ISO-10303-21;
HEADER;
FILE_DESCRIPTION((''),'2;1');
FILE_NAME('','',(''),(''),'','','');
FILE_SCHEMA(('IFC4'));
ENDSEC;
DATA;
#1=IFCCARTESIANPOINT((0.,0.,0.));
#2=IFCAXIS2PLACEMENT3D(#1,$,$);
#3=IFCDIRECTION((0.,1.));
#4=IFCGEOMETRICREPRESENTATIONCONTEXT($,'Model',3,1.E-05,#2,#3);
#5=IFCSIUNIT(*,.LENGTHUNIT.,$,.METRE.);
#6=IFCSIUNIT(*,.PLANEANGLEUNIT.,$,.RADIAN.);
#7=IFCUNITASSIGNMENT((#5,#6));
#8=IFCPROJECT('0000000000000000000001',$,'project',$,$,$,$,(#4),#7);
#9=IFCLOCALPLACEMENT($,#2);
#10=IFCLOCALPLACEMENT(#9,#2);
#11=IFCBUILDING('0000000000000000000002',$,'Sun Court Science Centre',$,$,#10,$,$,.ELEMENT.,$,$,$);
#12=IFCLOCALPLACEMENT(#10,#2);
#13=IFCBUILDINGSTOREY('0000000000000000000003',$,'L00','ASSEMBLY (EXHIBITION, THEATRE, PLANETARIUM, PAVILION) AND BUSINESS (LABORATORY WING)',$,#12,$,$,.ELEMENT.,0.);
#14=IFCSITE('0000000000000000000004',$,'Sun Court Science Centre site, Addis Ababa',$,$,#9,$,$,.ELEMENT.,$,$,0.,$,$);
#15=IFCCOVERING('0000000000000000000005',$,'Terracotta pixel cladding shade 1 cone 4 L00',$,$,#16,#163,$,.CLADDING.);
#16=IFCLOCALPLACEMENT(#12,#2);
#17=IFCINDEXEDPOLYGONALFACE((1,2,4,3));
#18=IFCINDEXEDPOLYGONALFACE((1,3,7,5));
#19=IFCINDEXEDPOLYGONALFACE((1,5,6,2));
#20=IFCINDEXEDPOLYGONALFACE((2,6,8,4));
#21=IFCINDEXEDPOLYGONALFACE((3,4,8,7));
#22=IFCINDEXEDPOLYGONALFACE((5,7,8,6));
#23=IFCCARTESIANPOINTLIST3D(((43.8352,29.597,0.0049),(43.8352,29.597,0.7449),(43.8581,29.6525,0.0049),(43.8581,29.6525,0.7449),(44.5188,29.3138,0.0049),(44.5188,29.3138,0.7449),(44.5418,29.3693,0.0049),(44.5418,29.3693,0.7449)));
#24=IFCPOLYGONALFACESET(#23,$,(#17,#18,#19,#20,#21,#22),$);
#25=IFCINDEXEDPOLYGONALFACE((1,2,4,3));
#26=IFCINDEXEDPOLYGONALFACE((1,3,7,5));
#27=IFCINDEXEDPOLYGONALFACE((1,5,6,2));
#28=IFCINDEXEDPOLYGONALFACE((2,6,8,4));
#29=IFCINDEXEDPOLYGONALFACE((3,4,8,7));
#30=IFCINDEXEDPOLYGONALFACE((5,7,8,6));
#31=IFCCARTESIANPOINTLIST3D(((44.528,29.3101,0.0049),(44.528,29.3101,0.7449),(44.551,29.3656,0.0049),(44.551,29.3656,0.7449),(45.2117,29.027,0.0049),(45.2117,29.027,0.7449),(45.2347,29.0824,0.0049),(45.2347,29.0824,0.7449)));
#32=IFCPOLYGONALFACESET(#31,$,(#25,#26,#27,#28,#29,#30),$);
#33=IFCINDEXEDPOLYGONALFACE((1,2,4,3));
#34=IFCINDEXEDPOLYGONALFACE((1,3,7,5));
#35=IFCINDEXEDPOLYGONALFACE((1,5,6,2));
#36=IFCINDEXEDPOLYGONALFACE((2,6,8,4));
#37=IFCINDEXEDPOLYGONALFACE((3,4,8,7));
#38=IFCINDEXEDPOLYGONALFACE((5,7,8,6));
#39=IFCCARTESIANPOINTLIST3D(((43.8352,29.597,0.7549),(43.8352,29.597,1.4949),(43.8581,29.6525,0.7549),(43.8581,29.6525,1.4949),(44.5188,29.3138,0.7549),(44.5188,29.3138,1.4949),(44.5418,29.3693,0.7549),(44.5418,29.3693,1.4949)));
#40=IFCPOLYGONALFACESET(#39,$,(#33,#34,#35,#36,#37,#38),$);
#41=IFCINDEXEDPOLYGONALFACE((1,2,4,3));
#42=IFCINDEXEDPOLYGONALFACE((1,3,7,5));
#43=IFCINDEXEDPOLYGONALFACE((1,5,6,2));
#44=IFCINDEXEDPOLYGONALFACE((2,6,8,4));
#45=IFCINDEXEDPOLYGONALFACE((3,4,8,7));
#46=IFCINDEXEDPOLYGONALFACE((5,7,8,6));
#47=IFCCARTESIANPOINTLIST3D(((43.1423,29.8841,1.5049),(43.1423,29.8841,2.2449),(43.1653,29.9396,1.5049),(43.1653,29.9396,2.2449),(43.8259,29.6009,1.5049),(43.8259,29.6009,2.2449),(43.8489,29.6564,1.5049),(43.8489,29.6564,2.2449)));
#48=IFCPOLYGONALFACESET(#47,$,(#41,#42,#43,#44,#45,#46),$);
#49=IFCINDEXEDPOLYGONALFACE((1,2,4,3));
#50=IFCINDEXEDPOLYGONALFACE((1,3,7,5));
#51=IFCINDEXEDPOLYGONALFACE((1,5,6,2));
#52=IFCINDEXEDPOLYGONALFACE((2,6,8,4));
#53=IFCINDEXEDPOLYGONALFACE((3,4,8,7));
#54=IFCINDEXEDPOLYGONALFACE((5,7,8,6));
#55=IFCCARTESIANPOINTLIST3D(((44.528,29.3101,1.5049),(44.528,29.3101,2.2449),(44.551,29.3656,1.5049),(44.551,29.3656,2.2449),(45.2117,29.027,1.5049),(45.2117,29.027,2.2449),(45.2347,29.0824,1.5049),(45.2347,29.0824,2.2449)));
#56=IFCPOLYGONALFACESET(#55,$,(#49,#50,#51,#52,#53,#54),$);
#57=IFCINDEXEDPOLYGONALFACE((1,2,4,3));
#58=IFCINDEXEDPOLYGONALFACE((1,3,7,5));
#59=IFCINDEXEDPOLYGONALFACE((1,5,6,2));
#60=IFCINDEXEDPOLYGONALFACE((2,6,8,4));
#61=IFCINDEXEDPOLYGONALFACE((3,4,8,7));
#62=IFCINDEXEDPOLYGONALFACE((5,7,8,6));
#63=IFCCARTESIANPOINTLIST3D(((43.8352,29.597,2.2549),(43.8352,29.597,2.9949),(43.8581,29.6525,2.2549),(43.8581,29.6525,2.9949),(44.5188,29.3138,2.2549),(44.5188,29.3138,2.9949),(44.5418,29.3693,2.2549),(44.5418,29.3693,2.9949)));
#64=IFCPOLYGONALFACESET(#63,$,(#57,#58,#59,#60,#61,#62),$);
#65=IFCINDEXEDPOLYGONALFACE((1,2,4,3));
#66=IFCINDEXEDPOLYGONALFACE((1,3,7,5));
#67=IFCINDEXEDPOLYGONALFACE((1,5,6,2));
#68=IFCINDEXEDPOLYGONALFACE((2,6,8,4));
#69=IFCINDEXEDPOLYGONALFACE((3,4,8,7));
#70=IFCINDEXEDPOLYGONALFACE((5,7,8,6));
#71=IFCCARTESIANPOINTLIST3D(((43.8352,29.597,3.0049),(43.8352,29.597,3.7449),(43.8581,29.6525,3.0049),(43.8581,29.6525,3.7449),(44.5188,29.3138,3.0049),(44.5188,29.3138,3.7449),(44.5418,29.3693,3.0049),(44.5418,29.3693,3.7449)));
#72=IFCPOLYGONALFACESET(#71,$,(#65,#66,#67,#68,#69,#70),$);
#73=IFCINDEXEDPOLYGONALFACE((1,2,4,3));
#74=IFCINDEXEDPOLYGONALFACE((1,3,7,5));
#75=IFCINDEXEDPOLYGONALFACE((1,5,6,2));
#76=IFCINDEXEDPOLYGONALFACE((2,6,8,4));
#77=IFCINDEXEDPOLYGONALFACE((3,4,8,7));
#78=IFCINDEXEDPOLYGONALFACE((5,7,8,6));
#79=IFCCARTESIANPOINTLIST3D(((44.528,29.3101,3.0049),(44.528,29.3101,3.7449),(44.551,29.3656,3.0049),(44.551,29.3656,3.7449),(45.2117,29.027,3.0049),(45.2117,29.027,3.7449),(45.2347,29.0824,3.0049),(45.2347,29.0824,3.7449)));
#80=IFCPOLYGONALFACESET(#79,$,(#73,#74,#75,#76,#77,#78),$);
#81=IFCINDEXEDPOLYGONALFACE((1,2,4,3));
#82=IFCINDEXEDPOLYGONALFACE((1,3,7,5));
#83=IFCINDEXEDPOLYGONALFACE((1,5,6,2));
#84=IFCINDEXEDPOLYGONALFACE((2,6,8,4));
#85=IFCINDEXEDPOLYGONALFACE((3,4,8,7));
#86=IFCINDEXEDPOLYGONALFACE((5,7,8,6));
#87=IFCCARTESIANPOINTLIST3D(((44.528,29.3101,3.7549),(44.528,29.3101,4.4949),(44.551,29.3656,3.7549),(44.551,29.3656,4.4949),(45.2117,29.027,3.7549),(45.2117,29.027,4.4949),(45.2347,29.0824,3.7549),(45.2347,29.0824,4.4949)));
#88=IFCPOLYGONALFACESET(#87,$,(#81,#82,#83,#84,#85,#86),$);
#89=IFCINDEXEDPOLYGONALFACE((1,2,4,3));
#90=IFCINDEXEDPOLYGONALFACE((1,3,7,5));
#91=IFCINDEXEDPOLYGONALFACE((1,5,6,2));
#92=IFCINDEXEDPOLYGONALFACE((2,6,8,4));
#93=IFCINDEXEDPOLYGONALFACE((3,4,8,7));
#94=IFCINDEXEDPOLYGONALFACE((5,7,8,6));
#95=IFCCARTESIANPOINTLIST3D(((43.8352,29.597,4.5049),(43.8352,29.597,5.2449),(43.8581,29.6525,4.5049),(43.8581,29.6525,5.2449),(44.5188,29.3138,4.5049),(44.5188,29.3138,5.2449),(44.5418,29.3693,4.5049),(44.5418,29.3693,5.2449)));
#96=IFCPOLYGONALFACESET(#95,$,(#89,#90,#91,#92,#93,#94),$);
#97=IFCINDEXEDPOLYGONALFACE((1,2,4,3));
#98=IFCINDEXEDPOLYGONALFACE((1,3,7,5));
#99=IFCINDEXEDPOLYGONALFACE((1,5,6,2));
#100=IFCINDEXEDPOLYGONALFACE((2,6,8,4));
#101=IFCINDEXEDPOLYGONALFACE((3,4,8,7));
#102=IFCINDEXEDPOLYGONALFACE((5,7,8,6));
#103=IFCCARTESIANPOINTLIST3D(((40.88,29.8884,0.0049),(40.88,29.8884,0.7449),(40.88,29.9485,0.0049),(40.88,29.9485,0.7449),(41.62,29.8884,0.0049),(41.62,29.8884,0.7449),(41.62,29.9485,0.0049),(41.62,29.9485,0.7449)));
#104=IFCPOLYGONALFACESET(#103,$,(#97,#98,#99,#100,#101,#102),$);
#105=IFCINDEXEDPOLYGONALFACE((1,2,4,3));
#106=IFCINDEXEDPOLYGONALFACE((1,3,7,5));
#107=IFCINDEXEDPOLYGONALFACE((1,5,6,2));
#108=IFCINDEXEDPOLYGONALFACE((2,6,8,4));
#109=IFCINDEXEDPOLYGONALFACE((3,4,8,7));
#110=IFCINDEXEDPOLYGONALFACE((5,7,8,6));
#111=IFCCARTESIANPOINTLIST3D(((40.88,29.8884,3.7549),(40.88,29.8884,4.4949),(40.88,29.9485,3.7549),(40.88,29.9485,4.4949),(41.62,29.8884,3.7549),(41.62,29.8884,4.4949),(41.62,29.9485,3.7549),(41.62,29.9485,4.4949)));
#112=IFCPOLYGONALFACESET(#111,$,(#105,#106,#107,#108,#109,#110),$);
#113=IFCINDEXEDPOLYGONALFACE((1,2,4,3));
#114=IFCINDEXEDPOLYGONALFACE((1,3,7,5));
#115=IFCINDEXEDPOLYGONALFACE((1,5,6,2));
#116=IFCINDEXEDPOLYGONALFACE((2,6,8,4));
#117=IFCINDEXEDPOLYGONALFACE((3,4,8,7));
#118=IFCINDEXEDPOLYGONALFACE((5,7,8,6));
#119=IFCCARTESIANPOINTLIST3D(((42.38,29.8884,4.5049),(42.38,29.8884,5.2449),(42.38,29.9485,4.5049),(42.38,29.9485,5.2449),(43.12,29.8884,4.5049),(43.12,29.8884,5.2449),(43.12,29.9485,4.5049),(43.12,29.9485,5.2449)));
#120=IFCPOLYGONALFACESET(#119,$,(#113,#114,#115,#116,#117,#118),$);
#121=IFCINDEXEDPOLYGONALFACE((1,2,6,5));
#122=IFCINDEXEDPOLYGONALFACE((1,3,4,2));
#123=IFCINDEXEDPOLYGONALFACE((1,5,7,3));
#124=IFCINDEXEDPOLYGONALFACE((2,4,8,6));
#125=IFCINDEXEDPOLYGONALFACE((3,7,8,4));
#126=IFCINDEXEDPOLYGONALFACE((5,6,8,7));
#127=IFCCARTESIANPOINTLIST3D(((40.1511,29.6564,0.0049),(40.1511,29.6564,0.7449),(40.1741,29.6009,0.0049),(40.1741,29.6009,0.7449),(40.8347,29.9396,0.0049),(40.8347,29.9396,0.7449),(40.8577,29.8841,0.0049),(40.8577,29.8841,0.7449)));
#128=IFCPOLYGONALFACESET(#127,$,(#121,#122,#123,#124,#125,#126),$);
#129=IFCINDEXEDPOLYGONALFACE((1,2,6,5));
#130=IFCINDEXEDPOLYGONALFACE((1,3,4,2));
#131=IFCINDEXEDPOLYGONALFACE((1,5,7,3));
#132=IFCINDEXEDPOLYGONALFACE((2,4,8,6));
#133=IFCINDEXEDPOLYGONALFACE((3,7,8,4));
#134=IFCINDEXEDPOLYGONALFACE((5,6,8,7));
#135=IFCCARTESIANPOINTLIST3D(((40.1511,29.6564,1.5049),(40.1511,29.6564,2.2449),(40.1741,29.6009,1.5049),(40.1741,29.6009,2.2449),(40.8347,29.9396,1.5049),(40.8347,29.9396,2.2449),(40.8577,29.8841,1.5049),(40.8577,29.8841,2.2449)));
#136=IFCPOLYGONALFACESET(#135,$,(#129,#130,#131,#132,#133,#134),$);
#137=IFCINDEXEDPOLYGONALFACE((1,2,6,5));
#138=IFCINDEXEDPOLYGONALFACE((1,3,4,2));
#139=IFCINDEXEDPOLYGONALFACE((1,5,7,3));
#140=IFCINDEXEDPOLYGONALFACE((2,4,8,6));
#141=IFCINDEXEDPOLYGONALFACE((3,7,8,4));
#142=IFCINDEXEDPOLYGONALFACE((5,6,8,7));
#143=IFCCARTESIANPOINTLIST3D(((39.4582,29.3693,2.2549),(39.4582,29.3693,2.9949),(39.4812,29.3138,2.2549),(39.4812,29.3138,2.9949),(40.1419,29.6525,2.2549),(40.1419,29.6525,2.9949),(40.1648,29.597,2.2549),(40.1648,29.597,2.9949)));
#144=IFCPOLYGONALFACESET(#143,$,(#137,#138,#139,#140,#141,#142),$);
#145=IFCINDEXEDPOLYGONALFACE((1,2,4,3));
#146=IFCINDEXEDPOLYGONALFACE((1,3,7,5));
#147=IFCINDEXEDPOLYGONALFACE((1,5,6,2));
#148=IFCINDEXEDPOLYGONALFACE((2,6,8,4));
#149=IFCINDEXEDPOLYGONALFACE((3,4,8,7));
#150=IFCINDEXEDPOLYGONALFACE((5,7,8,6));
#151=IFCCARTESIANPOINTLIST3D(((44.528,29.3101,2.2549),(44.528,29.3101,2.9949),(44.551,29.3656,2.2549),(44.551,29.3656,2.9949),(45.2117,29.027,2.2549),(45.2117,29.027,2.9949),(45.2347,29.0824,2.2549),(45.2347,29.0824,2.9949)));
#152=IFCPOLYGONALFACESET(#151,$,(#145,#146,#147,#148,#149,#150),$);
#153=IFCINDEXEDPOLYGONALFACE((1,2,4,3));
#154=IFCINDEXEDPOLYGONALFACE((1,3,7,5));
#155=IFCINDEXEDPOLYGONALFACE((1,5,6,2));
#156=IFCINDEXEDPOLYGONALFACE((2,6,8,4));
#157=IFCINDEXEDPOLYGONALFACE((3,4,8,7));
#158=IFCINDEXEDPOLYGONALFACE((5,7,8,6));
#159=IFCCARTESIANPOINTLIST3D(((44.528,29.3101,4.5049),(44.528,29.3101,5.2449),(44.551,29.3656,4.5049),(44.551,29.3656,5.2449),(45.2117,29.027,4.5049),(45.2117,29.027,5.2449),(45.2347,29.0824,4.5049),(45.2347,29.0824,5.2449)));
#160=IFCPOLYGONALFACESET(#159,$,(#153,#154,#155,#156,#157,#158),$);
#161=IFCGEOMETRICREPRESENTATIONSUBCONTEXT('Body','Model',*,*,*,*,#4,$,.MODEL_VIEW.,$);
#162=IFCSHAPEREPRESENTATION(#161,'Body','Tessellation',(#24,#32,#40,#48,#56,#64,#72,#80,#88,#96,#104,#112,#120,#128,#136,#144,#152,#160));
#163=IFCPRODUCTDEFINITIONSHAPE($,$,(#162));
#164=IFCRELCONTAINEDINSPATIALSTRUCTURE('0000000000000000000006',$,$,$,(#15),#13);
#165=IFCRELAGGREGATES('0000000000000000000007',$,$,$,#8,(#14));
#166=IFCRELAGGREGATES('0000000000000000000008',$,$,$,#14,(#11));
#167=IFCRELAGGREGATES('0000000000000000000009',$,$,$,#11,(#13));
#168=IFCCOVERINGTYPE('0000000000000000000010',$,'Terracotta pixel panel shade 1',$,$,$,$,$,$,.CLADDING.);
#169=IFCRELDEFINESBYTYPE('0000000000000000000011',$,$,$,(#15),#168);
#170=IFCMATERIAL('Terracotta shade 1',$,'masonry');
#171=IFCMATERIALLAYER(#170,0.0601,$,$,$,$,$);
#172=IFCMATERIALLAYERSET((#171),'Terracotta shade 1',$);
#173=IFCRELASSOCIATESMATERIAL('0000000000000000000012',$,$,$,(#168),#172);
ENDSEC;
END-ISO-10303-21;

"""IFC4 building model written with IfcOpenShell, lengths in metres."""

from ifc_helpers import new_model, si_unit, direction, frame, origin, origin_2d, place, context, subcontext, project, spatial, rectangle, extrude, material, layer, layer_set, type_object, element, save


model = new_model("IFC4")

# Units and contexts
model_context = context("Model", 3, precision=1e-05, world=origin(), true_north=direction((0.0, 1.0)))
body_context = subcontext(model_context, "Body", "Model", "MODEL_VIEW")
ifc_project = project(units=[si_unit("LENGTHUNIT", "METRE"), si_unit("PLANEANGLEUNIT", "RADIAN")], contexts=[model_context])

# Site, building, storey
site_placement = place(None, origin())
site = spatial("IfcSite", under=ifc_project, at=site_placement, Name="Sun Court Science Centre site, Addis Ababa", CompositionType="ELEMENT", RefElevation=0.0)
building_placement = place(site_placement, origin())
building = spatial("IfcBuilding", under=site, at=building_placement, Name="Sun Court Science Centre", CompositionType="ELEMENT")
storey_placement = place(building_placement, origin())
storey = spatial("IfcBuildingStorey", under=building, at=storey_placement, Name="L00", Description="ASSEMBLY (EXHIBITION, THEATRE, PLANETARIUM, PAVILION) AND BUSINESS (LABORATORY WING)", CompositionType="ELEMENT", Elevation=0.0)

# Covering
ifc_material_1 = material(Name="Terracotta shade 1", Category="masonry")
ifc_layer_1 = layer(ifc_material_1, 0.0601)
ifc_layer_set_1 = layer_set([ifc_layer_1], Name="Terracotta shade 1")
covering_type_1 = type_object("IfcCoveringType", Name="Terracotta pixel panel shade 1", PredefinedType="CLADDING", material=ifc_layer_set_1)
covering_1_placement = place(storey_placement, origin())
element("IfcCovering", 1, at=covering_1_placement, inside=storey, type_object=covering_type_1, Name="Terracotta pixel cladding shade 1 cone 4 L00", PredefinedType="CLADDING", context=body_context, shape_type="SweptSolid", body=[
    extrude(rectangle(XDim=0.74, YDim=0.0601, at=origin_2d()), frame((44.1885, 29.4832, 0.0049), z_axis=(0.0, 0.0, 1.0), x_axis=(0.92388, -0.382683, 0.0)), (0.0, 0.0, 1.0), 0.74),
    extrude(rectangle(XDim=0.74, YDim=0.0601, at=origin_2d()), frame((44.8813, 29.1963, 0.0049), z_axis=(0.0, 0.0, 1.0), x_axis=(0.92388, -0.382683, 0.0)), (0.0, 0.0, 1.0), 0.74),
    extrude(rectangle(XDim=0.74, YDim=0.0601, at=origin_2d()), frame((44.1885, 29.4832, 0.7549), z_axis=(0.0, 0.0, 1.0), x_axis=(0.92388, -0.382683, 0.0)), (0.0, 0.0, 1.0), 0.74),
    extrude(rectangle(XDim=0.74, YDim=0.0601, at=origin_2d()), frame((43.4956, 29.7703, 1.5049), z_axis=(0.0, 0.0, 1.0), x_axis=(0.92388, -0.382683, 0.0)), (0.0, 0.0, 1.0), 0.74),
    extrude(rectangle(XDim=0.74, YDim=0.0601, at=origin_2d()), frame((44.8813, 29.1963, 1.5049), z_axis=(0.0, 0.0, 1.0), x_axis=(0.92388, -0.382683, 0.0)), (0.0, 0.0, 1.0), 0.74),
    extrude(rectangle(XDim=0.74, YDim=0.0601, at=origin_2d()), frame((44.1885, 29.4832, 2.2549), z_axis=(0.0, 0.0, 1.0), x_axis=(0.92388, -0.382683, 0.0)), (0.0, 0.0, 1.0), 0.74),
    extrude(rectangle(XDim=0.74, YDim=0.0601, at=origin_2d()), frame((44.1885, 29.4832, 3.0049), z_axis=(0.0, 0.0, 1.0), x_axis=(0.92388, -0.382683, 0.0)), (0.0, 0.0, 1.0), 0.74),
    extrude(rectangle(XDim=0.74, YDim=0.0601, at=origin_2d()), frame((44.8813, 29.1963, 3.0049), z_axis=(0.0, 0.0, 1.0), x_axis=(0.92388, -0.382683, 0.0)), (0.0, 0.0, 1.0), 0.74),
    extrude(rectangle(XDim=0.74, YDim=0.0601, at=origin_2d()), frame((44.8813, 29.1963, 3.7549), z_axis=(0.0, 0.0, 1.0), x_axis=(0.92388, -0.382683, 0.0)), (0.0, 0.0, 1.0), 0.74),
    extrude(rectangle(XDim=0.74, YDim=0.0601, at=origin_2d()), frame((44.1885, 29.4832, 4.5049), z_axis=(0.0, 0.0, 1.0), x_axis=(0.92388, -0.382683, 0.0)), (0.0, 0.0, 1.0), 0.74),
    extrude(rectangle(XDim=0.74, YDim=0.0601, at=origin_2d()), frame((41.25, 29.9185, 0.0049), z_axis=(0.0, 0.0, 1.0), x_axis=(1.0, 0.0, 0.0)), (0.0, 0.0, 1.0), 0.74),
    extrude(rectangle(XDim=0.74, YDim=0.0601, at=origin_2d()), frame((41.25, 29.9185, 3.7549), z_axis=(0.0, 0.0, 1.0), x_axis=(1.0, 0.0, 0.0)), (0.0, 0.0, 1.0), 0.74),
    extrude(rectangle(XDim=0.74, YDim=0.0601, at=origin_2d()), frame((42.75, 29.9185, 4.5049), z_axis=(0.0, 0.0, 1.0), x_axis=(1.0, 0.0, 0.0)), (0.0, 0.0, 1.0), 0.74),
    extrude(rectangle(XDim=0.74, YDim=0.0601, at=origin_2d()), frame((40.5044, 29.7703, 0.0049), z_axis=(0.0, 0.0, 1.0), x_axis=(0.92388, 0.382683, 0.0)), (0.0, 0.0, 1.0), 0.74),
    extrude(rectangle(XDim=0.74, YDim=0.0601, at=origin_2d()), frame((40.5044, 29.7703, 1.5049), z_axis=(0.0, 0.0, 1.0), x_axis=(0.92388, 0.382683, 0.0)), (0.0, 0.0, 1.0), 0.74),
    extrude(rectangle(XDim=0.74, YDim=0.0601, at=origin_2d()), frame((39.8115, 29.4832, 2.2549), z_axis=(0.0, 0.0, 1.0), x_axis=(0.92388, 0.382683, 0.0)), (0.0, 0.0, 1.0), 0.74),
    extrude(rectangle(XDim=0.74, YDim=0.0601, at=origin_2d()), frame((44.8813, 29.1963, 2.2549), z_axis=(0.0, 0.0, 1.0), x_axis=(0.92388, -0.382683, 0.0)), (0.0, 0.0, 1.0), 0.74),
    extrude(rectangle(XDim=0.74, YDim=0.0601, at=origin_2d()), frame((44.8813, 29.1963, 4.5049), z_axis=(0.0, 0.0, 1.0), x_axis=(0.92388, -0.382683, 0.0)), (0.0, 0.0, 1.0), 0.74),
])

save(model, "model.ifc")
